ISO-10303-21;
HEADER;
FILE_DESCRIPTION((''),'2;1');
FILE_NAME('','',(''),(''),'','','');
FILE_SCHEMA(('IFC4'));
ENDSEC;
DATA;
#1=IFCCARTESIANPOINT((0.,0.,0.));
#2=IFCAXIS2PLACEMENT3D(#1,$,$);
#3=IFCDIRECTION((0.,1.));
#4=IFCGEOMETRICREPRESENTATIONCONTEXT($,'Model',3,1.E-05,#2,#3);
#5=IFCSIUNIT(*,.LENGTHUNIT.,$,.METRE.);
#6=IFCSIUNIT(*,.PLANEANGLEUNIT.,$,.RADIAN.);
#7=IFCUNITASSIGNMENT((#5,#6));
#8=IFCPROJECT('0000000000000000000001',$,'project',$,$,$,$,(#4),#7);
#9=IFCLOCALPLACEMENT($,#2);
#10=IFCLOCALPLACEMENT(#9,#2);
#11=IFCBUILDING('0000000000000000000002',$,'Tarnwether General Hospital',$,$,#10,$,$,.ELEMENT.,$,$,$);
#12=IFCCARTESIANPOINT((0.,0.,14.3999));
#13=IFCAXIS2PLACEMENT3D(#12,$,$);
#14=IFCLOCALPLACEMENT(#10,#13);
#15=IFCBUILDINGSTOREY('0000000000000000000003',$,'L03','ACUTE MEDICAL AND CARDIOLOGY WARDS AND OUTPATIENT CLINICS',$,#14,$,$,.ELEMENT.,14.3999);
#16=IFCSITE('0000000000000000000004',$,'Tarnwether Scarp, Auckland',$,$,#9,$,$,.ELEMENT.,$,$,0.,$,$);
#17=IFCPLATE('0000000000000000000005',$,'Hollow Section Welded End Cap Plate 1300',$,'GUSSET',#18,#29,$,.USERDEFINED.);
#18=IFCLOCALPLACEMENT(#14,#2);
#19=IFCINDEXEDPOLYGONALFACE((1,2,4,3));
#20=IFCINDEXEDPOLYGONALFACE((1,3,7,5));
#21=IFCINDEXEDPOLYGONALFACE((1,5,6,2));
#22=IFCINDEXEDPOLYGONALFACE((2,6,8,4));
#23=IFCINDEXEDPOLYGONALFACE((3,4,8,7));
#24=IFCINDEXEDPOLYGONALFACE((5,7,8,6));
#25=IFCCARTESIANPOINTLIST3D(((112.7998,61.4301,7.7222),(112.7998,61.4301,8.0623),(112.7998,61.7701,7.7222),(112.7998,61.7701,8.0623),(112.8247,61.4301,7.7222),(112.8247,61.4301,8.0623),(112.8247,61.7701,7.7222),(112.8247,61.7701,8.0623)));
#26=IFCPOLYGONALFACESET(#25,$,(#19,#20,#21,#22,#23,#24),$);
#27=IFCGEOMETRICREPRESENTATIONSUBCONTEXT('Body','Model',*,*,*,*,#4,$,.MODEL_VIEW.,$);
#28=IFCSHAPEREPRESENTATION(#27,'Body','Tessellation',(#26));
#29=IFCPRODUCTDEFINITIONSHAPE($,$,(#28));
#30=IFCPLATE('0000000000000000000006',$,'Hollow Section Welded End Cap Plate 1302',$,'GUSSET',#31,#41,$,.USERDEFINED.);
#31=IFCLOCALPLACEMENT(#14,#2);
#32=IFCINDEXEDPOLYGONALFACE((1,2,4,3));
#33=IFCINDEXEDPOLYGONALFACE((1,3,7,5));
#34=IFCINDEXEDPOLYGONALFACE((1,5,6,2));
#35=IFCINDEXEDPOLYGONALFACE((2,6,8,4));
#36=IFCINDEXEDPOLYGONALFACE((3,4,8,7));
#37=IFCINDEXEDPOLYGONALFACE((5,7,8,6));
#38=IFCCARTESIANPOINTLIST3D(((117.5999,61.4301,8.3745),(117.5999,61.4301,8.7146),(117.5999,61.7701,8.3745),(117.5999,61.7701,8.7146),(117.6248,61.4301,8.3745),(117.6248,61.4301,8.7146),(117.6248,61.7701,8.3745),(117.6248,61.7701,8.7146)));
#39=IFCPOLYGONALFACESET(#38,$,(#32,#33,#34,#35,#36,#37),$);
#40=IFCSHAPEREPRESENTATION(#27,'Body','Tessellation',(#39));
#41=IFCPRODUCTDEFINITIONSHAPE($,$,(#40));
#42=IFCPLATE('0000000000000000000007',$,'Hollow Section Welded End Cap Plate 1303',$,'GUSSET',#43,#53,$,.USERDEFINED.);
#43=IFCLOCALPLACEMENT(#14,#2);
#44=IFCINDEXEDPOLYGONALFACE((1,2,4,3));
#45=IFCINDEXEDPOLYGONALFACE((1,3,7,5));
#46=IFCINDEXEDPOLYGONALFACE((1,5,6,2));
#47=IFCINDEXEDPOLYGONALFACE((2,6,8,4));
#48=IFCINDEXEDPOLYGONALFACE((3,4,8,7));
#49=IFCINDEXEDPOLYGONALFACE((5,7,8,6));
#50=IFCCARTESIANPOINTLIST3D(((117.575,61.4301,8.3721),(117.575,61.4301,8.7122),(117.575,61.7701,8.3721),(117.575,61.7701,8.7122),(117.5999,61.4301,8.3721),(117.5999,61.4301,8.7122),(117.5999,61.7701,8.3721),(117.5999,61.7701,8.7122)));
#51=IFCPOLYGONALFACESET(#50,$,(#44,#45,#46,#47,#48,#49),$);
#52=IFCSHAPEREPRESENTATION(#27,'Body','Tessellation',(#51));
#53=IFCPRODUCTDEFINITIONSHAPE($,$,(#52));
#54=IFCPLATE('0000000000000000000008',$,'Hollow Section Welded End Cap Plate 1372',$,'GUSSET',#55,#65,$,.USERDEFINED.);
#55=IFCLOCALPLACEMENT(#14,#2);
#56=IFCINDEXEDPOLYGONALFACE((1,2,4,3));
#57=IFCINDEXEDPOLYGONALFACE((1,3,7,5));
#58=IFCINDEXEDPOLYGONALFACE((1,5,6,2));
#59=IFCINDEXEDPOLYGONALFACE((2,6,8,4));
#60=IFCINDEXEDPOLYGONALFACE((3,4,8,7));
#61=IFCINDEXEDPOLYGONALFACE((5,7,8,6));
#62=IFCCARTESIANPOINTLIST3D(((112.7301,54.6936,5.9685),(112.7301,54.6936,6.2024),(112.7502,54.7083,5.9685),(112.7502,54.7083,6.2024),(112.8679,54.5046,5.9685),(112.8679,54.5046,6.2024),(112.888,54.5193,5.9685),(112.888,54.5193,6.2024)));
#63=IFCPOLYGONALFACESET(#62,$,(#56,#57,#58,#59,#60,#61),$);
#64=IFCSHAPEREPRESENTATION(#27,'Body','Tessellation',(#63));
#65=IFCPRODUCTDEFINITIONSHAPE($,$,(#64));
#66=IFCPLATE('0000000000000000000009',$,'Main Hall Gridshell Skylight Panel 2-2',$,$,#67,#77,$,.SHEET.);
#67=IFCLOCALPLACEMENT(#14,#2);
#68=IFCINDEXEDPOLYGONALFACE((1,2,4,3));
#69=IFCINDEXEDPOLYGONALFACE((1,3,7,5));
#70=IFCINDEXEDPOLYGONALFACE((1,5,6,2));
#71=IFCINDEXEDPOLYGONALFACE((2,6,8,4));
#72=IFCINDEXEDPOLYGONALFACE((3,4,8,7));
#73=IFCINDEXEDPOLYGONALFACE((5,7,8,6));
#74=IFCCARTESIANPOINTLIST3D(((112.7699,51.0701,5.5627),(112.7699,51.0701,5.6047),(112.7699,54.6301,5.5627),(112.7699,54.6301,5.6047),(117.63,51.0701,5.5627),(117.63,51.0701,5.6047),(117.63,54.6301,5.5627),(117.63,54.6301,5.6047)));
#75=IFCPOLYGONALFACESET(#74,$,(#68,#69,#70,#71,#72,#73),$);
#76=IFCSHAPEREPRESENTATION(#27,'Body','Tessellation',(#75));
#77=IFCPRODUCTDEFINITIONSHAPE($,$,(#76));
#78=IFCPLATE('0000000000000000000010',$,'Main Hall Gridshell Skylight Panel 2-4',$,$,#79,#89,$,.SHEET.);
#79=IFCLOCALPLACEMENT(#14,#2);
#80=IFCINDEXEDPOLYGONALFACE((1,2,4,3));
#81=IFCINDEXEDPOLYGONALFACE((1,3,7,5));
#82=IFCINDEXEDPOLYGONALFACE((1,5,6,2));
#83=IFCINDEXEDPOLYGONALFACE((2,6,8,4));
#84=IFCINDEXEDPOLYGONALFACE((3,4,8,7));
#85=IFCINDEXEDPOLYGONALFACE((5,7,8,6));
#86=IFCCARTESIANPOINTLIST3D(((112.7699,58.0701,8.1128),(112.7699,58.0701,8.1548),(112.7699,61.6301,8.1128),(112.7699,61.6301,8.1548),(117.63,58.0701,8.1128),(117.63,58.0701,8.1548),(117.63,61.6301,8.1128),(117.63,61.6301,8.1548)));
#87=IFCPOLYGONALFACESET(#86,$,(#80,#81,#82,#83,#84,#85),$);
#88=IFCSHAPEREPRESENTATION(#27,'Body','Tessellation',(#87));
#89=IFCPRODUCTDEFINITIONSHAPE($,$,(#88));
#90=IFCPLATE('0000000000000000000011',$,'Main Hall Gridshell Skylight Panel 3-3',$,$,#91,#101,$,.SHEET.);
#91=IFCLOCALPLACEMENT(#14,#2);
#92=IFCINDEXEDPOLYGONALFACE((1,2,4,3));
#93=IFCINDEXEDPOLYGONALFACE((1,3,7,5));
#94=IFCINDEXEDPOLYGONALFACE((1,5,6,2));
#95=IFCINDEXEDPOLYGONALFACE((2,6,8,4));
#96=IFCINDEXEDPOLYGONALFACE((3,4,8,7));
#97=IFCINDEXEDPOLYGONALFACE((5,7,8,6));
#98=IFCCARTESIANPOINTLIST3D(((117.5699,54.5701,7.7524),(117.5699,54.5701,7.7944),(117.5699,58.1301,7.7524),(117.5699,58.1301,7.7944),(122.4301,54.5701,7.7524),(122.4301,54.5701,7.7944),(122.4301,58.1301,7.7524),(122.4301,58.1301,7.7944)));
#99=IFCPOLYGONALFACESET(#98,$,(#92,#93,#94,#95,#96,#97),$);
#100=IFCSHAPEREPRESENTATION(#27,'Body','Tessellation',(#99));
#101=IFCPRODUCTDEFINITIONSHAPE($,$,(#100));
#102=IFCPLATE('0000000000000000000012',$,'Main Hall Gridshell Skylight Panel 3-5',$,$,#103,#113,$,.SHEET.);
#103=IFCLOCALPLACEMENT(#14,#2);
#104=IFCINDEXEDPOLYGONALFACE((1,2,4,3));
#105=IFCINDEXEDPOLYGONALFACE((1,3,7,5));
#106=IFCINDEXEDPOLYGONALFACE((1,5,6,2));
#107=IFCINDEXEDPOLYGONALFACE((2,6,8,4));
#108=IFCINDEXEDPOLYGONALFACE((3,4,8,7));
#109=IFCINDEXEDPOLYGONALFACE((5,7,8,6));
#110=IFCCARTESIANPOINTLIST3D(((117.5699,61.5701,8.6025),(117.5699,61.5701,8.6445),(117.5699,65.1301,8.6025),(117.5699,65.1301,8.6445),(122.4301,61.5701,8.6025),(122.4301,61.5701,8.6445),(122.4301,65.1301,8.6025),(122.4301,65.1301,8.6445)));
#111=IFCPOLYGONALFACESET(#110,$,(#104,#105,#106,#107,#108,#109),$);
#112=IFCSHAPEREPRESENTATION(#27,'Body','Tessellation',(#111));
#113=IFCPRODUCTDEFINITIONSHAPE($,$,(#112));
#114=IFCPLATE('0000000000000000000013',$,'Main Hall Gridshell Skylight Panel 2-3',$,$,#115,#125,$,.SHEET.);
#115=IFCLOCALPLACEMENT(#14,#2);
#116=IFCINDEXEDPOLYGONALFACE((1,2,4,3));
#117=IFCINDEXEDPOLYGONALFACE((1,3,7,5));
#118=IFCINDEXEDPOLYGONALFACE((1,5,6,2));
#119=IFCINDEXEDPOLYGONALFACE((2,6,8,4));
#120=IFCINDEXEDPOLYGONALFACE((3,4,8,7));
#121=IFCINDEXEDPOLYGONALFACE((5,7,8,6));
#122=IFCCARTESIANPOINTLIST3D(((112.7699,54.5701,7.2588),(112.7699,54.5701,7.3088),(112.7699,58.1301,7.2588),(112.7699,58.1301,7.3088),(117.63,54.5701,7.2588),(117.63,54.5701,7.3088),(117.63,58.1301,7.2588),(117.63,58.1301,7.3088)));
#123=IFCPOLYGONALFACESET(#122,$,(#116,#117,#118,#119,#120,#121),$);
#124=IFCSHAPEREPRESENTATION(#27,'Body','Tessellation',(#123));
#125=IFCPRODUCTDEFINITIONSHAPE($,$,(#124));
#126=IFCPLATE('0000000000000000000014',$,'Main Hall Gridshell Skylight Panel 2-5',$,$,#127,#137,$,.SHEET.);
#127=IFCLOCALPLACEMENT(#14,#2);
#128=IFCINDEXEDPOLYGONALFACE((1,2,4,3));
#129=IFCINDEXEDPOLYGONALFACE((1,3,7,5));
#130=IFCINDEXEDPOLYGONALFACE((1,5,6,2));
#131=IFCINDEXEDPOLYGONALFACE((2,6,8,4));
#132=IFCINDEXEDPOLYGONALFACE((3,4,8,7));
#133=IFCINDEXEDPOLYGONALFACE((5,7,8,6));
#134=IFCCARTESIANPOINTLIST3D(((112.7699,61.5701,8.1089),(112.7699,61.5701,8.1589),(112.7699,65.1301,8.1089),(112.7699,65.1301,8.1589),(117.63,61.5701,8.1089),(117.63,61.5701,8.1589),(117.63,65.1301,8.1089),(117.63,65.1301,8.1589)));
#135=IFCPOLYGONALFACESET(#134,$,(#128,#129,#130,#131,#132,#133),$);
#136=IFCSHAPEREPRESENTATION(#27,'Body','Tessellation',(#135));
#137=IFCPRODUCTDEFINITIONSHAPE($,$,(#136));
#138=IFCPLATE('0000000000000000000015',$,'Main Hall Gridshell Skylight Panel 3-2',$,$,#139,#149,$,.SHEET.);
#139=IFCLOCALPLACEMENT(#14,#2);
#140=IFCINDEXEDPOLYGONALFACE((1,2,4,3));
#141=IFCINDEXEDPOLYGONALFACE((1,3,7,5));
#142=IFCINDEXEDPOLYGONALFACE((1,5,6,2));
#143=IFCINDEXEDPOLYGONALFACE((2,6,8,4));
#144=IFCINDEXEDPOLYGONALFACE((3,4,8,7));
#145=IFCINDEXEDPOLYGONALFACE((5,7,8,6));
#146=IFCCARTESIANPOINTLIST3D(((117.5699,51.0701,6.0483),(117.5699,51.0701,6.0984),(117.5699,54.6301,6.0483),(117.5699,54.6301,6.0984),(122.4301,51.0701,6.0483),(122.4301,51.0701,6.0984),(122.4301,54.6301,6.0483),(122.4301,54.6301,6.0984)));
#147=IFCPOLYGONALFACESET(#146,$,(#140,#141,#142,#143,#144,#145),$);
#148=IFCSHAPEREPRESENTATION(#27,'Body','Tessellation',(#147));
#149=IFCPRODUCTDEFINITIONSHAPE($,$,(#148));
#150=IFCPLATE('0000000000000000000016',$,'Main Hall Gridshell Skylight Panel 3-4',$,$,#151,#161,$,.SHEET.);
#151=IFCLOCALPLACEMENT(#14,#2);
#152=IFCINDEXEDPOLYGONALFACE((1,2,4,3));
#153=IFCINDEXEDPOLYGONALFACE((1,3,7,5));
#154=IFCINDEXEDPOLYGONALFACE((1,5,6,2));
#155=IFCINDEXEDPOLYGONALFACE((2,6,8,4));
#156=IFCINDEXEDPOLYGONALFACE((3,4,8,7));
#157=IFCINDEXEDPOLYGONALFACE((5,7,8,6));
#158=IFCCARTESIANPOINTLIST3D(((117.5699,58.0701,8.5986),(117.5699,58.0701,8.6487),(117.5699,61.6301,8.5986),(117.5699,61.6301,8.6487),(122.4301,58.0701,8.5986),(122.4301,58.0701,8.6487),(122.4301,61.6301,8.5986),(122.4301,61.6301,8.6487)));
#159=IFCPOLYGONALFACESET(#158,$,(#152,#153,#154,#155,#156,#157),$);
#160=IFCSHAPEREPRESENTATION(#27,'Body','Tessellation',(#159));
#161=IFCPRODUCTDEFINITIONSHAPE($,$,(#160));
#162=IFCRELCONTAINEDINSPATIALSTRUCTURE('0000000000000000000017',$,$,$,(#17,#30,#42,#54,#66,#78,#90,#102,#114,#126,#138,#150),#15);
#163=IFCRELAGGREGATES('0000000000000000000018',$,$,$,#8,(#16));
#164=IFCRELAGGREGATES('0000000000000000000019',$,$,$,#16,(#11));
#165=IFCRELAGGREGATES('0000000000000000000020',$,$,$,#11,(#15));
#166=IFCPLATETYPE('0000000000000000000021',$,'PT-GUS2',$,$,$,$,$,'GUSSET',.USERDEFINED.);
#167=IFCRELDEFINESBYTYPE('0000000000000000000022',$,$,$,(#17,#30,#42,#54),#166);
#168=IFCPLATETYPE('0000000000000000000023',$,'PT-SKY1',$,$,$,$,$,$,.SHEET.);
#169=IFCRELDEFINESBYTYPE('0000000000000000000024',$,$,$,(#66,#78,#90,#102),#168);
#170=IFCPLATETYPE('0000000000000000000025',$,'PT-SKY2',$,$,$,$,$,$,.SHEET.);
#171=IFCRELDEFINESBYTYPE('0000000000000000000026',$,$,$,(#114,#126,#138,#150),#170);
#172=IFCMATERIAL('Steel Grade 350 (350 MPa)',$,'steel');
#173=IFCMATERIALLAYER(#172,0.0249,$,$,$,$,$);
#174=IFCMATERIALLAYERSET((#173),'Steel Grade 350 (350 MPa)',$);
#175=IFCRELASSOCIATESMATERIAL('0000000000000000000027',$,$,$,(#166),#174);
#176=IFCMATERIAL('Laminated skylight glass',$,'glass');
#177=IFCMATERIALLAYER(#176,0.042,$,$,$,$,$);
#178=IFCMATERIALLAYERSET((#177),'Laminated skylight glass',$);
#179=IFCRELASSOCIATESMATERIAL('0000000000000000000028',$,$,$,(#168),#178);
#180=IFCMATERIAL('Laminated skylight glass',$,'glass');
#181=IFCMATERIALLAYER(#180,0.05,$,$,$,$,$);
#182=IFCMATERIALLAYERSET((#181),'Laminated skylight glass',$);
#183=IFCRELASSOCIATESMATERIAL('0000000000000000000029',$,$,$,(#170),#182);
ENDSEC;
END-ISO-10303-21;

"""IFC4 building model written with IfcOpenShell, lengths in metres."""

from ifc_helpers import new_model, si_unit, direction, frame, origin, origin_2d, place, context, subcontext, project, spatial, rectangle, extrude, material, layer, layer_set, type_object, element, save


model = new_model("IFC4")

# Units and contexts
model_context = context("Model", 3, precision=1e-05, world=origin(), true_north=direction((0.0, 1.0)))
body_context = subcontext(model_context, "Body", "Model", "MODEL_VIEW")
ifc_project = project(units=[si_unit("LENGTHUNIT", "METRE"), si_unit("PLANEANGLEUNIT", "RADIAN")], contexts=[model_context])

# Site, building, storey
site_placement = place(None, origin())
site = spatial("IfcSite", under=ifc_project, at=site_placement, Name="Tarnwether Scarp, Auckland", CompositionType="ELEMENT", RefElevation=0.0)
building_placement = place(site_placement, origin())
building = spatial("IfcBuilding", under=site, at=building_placement, Name="Tarnwether General Hospital", CompositionType="ELEMENT")
storey_placement = place(building_placement, frame((0.0, 0.0, 14.3999)))
storey = spatial("IfcBuildingStorey", under=building, at=storey_placement, Name="L03", Description="ACUTE MEDICAL AND CARDIOLOGY WARDS AND OUTPATIENT CLINICS", CompositionType="ELEMENT", Elevation=14.3999)

# Plates
ifc_material_1 = material(Name="Steel Grade 350 (350 MPa)", Category="steel")
ifc_layer_1 = layer(ifc_material_1, 0.0249)
ifc_layer_set_1 = layer_set([ifc_layer_1], Name="Steel Grade 350 (350 MPa)")
plate_type_1 = type_object("IfcPlateType", Name="PT-GUS2", ElementType="GUSSET", PredefinedType="USERDEFINED", material=ifc_layer_set_1)
for number, where, z_axis, x_axis, name in (
    (1, (112.8123, 61.6001, 7.7222), (0.0, 0.0, 1.0), (1.0, 0.0, 0.0), "Hollow Section Welded End Cap Plate 1300"),
    (2, (117.6123, 61.6001, 8.3745), (0.0, 0.0, 1.0), (1.0, 0.0, 0.0), "Hollow Section Welded End Cap Plate 1302"),
    (3, (117.5874, 61.6001, 8.3721), (0.0, 0.0, 1.0), (1.0, 0.0, 0.0), "Hollow Section Welded End Cap Plate 1303"),
):
    element("IfcPlate", number, at=place(storey_placement, frame(where, z_axis=z_axis, x_axis=x_axis)), inside=storey, type_object=plate_type_1, Name=name, ObjectType="GUSSET", PredefinedType="USERDEFINED", context=body_context, shape_type="SweptSolid", body=[
        extrude(rectangle(XDim=0.0249, YDim=0.3401, at=origin_2d()), origin(), (0.0, 0.0, 1.0), 0.3401),
    ])
plate_1_placement = place(storey_placement, frame((112.8091, 54.6064, 5.9685), z_axis=(0.0, 0.0, 1.0), x_axis=(0.80801, 0.589168, 0.0)))
element("IfcPlate", 4, at=plate_1_placement, inside=storey, type_object=plate_type_1, Name="Hollow Section Welded End Cap Plate 1372", ObjectType="GUSSET", PredefinedType="USERDEFINED", context=body_context, shape_type="SweptSolid", body=[
    extrude(rectangle(XDim=0.0249, YDim=0.2339, at=origin_2d()), origin(), (0.0, 0.0, 1.0), 0.2339),
])
ifc_material_2 = material(Name="Laminated skylight glass", Category="glass")
ifc_layer_2 = layer(ifc_material_2, 0.042)
ifc_layer_set_2 = layer_set([ifc_layer_2], Name="Laminated skylight glass")
plate_type_2 = type_object("IfcPlateType", Name="PT-SKY1", PredefinedType="SHEET", material=ifc_layer_set_2)
for number, where, z_axis, x_axis, name in (
    (5, (115.2, 52.8501, 5.5627), (0.0, 0.0, 1.0), (1.0, 0.0, 0.0), "Main Hall Gridshell Skylight Panel 2-2"),
    (6, (115.2, 59.8501, 8.1128), (0.0, 0.0, 1.0), (1.0, 0.0, 0.0), "Main Hall Gridshell Skylight Panel 2-4"),
    (7, (120.0, 56.3501, 7.7524), (0.0, 0.0, 1.0), (1.0, 0.0, 0.0), "Main Hall Gridshell Skylight Panel 3-3"),
    (8, (120.0, 63.3501, 8.6025), (0.0, 0.0, 1.0), (1.0, 0.0, 0.0), "Main Hall Gridshell Skylight Panel 3-5"),
):
    element("IfcPlate", number, at=place(storey_placement, frame(where, z_axis=z_axis, x_axis=x_axis)), inside=storey, type_object=plate_type_2, Name=name, PredefinedType="SHEET", context=body_context, shape_type="SweptSolid", body=[
        extrude(rectangle(XDim=4.8601, YDim=3.5601, at=origin_2d()), origin(), (0.0, 0.0, 1.0), 0.042),
    ])
ifc_material_3 = material(Name="Laminated skylight glass", Category="glass")
ifc_layer_3 = layer(ifc_material_3, 0.05)
ifc_layer_set_3 = layer_set([ifc_layer_3], Name="Laminated skylight glass")
plate_type_3 = type_object("IfcPlateType", Name="PT-SKY2", PredefinedType="SHEET", material=ifc_layer_set_3)
for number, where, z_axis, x_axis, name in (
    (9, (115.2, 56.3501, 7.2588), (0.0, 0.0, 1.0), (1.0, 0.0, 0.0), "Main Hall Gridshell Skylight Panel 2-3"),
    (10, (115.2, 63.3501, 8.1089), (0.0, 0.0, 1.0), (1.0, 0.0, 0.0), "Main Hall Gridshell Skylight Panel 2-5"),
    (11, (120.0, 52.8501, 6.0483), (0.0, 0.0, 1.0), (1.0, 0.0, 0.0), "Main Hall Gridshell Skylight Panel 3-2"),
    (12, (120.0, 59.8501, 8.5986), (0.0, 0.0, 1.0), (1.0, 0.0, 0.0), "Main Hall Gridshell Skylight Panel 3-4"),
):
    element("IfcPlate", number, at=place(storey_placement, frame(where, z_axis=z_axis, x_axis=x_axis)), inside=storey, type_object=plate_type_3, Name=name, PredefinedType="SHEET", context=body_context, shape_type="SweptSolid", body=[
        extrude(rectangle(XDim=4.8601, YDim=3.5601, at=origin_2d()), origin(), (0.0, 0.0, 1.0), 0.05),
    ])

save(model, "model.ifc")
